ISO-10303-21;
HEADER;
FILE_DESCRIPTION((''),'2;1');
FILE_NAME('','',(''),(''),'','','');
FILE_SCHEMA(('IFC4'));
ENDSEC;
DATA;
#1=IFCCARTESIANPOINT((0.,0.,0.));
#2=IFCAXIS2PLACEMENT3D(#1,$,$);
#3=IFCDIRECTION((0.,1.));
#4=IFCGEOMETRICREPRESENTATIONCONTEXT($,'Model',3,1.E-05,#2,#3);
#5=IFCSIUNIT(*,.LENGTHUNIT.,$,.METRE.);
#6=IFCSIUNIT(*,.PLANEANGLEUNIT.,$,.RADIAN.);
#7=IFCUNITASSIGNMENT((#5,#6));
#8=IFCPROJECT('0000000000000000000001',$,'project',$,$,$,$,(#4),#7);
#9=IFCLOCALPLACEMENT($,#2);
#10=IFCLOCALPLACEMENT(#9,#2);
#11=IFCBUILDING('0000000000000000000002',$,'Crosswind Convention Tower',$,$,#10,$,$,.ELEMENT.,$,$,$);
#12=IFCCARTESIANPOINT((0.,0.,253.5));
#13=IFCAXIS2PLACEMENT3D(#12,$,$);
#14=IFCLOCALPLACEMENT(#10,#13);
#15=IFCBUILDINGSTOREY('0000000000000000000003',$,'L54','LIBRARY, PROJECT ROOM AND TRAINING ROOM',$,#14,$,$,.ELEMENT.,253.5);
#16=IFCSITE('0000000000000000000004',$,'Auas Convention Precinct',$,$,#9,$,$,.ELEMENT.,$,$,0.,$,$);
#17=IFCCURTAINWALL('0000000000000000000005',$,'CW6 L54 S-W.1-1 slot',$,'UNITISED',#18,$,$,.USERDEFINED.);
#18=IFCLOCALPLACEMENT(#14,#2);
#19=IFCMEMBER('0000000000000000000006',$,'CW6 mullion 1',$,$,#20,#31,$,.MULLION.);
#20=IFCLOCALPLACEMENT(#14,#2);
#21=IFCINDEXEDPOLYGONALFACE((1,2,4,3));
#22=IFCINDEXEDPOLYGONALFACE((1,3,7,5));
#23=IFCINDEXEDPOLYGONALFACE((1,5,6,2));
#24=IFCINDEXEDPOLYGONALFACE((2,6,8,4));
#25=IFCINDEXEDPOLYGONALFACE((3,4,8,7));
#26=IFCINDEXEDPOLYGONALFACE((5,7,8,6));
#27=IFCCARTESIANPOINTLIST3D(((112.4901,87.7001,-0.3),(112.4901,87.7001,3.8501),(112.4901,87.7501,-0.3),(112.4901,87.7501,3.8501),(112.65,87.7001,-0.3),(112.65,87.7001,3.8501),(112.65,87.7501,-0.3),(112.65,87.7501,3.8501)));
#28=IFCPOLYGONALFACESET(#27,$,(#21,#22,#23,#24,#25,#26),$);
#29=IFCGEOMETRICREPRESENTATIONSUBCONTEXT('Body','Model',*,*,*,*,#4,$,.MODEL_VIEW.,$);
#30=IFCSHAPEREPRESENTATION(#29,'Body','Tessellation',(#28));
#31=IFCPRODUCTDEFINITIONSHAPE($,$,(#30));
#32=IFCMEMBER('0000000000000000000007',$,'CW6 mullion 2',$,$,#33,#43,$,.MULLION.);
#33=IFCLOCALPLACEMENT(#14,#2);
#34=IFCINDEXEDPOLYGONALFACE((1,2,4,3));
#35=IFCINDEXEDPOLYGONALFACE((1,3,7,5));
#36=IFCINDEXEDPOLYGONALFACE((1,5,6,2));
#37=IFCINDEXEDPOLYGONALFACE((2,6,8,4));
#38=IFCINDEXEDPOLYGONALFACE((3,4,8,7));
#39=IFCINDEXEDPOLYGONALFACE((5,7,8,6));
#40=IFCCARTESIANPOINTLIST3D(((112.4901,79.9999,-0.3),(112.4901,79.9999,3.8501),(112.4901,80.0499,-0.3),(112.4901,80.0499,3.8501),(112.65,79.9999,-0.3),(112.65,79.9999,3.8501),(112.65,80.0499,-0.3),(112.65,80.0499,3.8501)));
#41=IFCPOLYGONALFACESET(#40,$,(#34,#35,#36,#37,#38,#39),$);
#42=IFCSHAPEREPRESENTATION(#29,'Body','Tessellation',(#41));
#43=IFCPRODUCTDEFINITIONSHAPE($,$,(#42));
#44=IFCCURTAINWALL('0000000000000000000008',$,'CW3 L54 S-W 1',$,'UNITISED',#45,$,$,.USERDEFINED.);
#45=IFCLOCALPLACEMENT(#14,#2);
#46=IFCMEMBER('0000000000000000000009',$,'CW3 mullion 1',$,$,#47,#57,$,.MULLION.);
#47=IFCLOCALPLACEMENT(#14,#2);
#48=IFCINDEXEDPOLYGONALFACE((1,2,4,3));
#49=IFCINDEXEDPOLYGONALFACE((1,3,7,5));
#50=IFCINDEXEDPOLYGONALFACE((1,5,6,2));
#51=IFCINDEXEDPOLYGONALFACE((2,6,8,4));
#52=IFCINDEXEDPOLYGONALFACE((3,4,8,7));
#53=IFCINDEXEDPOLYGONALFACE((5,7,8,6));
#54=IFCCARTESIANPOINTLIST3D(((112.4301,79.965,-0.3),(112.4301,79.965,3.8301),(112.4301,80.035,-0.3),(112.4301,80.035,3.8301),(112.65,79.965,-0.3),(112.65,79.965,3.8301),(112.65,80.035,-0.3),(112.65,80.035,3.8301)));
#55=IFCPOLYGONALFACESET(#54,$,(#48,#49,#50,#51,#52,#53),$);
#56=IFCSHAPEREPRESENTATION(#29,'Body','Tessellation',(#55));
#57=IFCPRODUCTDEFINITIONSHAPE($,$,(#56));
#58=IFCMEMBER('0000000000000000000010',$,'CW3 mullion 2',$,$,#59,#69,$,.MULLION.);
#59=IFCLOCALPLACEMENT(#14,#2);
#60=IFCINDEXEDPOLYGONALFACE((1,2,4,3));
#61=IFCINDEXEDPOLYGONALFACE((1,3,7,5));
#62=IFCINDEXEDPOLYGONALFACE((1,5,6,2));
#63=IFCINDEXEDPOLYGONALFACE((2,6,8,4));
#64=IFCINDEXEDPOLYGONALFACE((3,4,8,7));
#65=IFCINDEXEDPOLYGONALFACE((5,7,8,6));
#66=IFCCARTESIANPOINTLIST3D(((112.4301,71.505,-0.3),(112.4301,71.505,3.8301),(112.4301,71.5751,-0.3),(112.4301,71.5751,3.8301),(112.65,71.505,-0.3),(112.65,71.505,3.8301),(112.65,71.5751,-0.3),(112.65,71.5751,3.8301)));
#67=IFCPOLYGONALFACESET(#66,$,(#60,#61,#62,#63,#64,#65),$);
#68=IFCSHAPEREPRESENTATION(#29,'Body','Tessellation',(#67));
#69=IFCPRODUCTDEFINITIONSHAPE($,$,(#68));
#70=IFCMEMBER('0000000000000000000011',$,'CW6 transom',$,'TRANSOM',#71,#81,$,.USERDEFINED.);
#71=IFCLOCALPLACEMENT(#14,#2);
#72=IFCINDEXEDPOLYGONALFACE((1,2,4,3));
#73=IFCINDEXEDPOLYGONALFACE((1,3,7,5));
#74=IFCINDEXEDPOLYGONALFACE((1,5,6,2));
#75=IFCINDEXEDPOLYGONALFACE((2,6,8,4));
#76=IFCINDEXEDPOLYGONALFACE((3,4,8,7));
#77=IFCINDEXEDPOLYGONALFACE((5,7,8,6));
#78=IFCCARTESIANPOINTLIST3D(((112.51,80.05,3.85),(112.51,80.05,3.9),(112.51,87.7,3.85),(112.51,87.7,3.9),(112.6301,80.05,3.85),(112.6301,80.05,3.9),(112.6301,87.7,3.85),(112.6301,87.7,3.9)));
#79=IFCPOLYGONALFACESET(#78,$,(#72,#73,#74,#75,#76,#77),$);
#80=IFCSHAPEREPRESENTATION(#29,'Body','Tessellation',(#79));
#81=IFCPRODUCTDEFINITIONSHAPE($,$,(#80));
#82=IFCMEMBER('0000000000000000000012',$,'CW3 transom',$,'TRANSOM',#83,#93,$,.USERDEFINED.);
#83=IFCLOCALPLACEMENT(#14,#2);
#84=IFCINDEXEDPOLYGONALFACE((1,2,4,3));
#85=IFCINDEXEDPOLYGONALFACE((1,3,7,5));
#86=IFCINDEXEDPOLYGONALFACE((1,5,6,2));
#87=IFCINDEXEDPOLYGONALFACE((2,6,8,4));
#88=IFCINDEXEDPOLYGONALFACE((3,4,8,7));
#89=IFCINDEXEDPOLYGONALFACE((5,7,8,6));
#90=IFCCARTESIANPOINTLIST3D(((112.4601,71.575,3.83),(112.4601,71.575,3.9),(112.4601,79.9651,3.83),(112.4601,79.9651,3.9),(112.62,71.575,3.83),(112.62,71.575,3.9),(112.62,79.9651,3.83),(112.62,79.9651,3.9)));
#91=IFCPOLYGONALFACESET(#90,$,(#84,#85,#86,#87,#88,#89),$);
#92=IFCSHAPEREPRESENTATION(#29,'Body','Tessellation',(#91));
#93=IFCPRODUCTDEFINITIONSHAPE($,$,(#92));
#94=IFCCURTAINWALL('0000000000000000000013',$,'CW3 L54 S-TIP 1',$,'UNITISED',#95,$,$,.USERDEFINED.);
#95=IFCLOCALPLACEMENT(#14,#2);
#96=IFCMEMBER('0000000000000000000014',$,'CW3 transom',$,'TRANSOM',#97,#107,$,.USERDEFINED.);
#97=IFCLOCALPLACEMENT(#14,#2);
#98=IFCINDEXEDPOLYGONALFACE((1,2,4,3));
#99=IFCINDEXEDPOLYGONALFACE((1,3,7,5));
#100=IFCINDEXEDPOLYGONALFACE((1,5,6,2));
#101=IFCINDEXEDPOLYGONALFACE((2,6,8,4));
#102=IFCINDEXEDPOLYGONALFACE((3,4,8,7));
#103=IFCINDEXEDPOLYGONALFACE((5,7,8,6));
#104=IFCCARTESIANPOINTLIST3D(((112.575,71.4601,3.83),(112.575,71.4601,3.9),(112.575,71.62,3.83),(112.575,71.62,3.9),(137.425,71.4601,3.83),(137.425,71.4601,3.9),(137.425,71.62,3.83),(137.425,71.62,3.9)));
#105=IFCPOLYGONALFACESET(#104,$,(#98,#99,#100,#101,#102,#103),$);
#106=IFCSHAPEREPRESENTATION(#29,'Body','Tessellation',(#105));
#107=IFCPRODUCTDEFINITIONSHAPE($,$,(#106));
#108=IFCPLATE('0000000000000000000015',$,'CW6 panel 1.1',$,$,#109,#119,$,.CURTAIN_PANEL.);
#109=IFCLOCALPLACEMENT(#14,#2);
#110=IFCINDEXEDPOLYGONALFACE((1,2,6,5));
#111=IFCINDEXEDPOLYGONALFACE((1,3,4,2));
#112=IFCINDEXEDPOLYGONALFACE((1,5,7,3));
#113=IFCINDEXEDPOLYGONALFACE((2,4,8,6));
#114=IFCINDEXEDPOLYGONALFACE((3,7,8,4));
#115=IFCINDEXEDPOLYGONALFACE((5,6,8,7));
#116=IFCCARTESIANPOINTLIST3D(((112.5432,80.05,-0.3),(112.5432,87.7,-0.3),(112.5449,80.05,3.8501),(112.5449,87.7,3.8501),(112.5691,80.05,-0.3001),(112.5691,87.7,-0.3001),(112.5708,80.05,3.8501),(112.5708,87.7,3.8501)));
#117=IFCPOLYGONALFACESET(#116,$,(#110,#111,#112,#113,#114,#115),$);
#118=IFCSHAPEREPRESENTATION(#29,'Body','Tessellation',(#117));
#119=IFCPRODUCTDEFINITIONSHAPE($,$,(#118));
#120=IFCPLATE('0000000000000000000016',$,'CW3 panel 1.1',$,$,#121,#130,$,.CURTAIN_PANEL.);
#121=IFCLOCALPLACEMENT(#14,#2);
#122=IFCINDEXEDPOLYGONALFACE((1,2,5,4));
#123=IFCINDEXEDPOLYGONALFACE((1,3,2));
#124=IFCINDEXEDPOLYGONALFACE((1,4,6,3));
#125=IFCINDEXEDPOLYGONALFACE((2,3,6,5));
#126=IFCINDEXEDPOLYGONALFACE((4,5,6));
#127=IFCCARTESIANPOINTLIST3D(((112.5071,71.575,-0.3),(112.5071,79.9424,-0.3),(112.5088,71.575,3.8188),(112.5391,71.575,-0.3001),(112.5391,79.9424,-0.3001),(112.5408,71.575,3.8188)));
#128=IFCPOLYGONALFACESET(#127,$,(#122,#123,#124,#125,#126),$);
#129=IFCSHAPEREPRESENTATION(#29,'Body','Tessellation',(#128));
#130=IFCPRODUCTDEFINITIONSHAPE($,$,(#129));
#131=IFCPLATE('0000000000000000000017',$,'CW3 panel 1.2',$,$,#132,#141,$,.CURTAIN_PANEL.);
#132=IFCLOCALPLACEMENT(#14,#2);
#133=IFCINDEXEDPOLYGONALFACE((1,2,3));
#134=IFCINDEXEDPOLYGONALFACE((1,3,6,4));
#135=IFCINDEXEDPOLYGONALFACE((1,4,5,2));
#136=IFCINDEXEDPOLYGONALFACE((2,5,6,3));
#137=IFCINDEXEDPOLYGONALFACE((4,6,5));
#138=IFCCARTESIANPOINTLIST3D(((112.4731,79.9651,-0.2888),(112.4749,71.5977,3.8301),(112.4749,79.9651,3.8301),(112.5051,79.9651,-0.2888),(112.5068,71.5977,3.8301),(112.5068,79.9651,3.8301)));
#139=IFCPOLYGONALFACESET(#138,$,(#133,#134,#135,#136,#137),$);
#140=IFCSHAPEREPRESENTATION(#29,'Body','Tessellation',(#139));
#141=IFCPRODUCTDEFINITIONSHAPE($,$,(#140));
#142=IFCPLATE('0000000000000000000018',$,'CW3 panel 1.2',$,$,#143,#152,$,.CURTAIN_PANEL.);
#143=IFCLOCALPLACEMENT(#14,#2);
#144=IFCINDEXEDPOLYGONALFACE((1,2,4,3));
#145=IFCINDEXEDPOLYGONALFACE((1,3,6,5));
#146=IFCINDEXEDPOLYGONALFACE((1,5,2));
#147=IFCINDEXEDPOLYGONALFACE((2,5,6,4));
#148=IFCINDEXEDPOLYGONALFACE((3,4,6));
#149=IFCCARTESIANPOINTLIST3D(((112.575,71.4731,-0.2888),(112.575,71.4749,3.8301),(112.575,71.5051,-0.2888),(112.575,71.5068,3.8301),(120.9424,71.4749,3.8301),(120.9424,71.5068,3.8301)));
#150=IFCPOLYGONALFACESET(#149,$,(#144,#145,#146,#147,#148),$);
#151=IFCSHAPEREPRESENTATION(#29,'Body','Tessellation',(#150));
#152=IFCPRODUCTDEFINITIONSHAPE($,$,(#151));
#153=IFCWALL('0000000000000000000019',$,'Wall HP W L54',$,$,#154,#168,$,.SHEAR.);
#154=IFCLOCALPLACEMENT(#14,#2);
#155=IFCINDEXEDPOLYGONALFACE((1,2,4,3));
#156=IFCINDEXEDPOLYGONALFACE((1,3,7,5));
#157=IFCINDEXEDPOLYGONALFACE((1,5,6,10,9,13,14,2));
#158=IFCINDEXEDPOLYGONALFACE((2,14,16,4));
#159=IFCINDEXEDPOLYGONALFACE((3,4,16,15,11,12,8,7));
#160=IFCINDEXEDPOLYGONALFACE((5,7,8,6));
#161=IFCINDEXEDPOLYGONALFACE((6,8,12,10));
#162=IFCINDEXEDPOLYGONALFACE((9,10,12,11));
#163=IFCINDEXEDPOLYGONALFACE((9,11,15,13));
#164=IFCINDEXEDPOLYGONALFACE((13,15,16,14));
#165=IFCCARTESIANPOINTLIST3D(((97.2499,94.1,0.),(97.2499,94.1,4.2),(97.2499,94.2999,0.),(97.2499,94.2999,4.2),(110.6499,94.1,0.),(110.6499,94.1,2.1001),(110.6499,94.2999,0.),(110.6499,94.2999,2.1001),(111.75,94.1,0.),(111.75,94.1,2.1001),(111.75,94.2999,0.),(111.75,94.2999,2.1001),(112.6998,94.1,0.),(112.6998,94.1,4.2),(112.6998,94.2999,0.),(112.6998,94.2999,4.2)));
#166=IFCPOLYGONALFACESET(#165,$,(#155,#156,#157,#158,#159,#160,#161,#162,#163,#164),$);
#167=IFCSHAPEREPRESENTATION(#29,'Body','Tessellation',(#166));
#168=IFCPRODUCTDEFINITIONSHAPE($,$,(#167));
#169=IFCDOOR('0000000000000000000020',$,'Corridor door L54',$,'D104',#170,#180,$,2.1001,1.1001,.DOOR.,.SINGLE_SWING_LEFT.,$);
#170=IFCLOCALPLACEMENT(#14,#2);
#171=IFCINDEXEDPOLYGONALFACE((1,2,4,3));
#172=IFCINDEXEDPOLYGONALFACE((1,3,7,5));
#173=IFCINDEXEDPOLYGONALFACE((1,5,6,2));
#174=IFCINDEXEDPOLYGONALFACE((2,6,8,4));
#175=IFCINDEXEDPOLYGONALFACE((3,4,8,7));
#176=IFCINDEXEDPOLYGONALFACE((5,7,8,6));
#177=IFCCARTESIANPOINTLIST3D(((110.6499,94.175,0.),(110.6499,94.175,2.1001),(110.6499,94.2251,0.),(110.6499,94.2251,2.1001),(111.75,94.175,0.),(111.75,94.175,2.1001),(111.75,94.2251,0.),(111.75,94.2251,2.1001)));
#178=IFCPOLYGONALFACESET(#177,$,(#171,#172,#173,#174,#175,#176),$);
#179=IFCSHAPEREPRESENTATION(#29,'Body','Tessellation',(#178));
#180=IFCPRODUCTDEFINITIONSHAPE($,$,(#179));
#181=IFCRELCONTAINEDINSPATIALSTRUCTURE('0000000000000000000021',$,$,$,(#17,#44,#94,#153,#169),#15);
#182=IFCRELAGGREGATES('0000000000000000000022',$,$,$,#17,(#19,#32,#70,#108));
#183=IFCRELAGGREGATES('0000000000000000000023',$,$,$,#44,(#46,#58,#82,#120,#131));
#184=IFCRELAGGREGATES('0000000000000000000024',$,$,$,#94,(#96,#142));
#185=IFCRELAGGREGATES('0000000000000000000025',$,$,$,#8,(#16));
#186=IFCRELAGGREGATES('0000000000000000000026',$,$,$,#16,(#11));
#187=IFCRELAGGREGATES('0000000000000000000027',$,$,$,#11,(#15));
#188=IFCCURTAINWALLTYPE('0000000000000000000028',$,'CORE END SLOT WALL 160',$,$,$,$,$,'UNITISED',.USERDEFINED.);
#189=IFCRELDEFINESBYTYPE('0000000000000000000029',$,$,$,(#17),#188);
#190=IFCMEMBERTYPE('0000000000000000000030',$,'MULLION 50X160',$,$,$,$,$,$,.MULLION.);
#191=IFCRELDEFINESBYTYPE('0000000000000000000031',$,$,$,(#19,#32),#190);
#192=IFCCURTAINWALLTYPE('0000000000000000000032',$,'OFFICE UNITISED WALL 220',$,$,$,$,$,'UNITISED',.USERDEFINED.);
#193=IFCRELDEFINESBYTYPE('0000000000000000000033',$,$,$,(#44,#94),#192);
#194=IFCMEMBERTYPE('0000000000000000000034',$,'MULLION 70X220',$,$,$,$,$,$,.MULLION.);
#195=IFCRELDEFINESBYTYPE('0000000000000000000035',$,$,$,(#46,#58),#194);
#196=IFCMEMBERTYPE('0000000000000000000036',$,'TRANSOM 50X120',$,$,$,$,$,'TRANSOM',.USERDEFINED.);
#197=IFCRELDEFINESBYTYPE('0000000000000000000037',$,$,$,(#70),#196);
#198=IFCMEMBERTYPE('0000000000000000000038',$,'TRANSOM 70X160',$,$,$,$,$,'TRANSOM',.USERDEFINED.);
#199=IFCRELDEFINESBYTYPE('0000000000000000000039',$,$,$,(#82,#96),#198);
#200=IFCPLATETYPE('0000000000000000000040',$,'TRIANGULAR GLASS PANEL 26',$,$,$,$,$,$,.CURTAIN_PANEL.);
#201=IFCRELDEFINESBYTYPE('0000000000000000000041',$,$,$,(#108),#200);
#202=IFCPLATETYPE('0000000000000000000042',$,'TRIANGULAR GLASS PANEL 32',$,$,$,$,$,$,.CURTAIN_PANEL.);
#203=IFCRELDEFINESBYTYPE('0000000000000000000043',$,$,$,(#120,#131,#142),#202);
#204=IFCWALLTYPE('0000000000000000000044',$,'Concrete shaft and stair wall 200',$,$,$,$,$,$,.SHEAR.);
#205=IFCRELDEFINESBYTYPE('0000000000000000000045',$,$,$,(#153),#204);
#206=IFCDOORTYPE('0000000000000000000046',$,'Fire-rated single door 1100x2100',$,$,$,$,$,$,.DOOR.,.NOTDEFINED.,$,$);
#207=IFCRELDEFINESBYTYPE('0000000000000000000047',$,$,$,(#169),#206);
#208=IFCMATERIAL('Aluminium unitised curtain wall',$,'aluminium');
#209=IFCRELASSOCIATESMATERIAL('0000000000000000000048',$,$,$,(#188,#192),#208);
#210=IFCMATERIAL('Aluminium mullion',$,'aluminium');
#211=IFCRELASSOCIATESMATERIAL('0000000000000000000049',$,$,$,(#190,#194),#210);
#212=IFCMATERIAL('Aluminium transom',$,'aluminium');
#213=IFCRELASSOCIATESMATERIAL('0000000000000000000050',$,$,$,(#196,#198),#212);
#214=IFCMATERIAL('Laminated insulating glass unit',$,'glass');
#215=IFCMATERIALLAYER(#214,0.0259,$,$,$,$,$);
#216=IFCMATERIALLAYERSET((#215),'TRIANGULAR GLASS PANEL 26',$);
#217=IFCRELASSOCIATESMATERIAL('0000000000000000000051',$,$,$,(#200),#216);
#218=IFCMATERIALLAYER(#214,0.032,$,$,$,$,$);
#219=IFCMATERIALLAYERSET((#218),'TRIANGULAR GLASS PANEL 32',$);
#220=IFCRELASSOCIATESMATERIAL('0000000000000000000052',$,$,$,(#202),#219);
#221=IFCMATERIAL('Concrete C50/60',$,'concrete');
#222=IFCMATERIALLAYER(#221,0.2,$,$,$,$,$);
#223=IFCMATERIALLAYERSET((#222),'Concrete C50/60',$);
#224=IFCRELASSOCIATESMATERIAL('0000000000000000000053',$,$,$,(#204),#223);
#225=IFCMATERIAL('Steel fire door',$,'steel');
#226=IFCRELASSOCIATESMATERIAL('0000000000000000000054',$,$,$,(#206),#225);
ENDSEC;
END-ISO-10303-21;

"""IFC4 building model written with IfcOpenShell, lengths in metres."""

from ifc_helpers import new_model, si_unit, direction, frame, frame_2d, origin, origin_2d, place, context, subcontext, project, spatial, polyline, rectangle, outline, extrude, material, layer, layer_set, material_profile, profile_set, type_object, element, fill, aggregate, save


model = new_model("IFC4")

# Units and contexts
model_context = context("Model", 3, precision=1e-05, world=origin(), true_north=direction((0.0, 1.0)))
body_context = subcontext(model_context, "Body", "Model", "MODEL_VIEW")
ifc_project = project(units=[si_unit("LENGTHUNIT", "METRE"), si_unit("PLANEANGLEUNIT", "RADIAN")], contexts=[model_context])

# Site, building, storey
site_placement = place(None, origin())
site = spatial("IfcSite", under=ifc_project, at=site_placement, Name="Auas Convention Precinct", CompositionType="ELEMENT", RefElevation=0.0)
building_placement = place(site_placement, origin())
building = spatial("IfcBuilding", under=site, at=building_placement, Name="Crosswind Convention Tower", CompositionType="ELEMENT")
storey_placement = place(building_placement, frame((0.0, 0.0, 253.5)))
storey = spatial("IfcBuildingStorey", under=building, at=storey_placement, Name="L54", Description="LIBRARY, PROJECT ROOM AND TRAINING ROOM", CompositionType="ELEMENT", Elevation=253.5)

# Curtain walls, members
ifc_material_1 = material(Name="Aluminium unitised curtain wall", Category="aluminium")
curtain_wall_type_1 = type_object("IfcCurtainWallType", Name="CORE END SLOT WALL 160", ElementType="UNITISED", PredefinedType="USERDEFINED", material=ifc_material_1)
curtain_wall_1_placement = place(storey_placement, origin())
curtain_wall_1 = element("IfcCurtainWall", 1, at=curtain_wall_1_placement, inside=storey, type_object=curtain_wall_type_1, Name="CW6 L54 S-W.1-1 slot", ObjectType="UNITISED", PredefinedType="USERDEFINED")
ifc_material_2 = material(Name="Aluminium mullion", Category="aluminium")
ifc_material_profile_1 = material_profile(ifc_material_2, rectangle(XDim=0.1599, YDim=0.05, at=origin_2d()), Name="AL 160X50")
ifc_profile_set_1 = profile_set([ifc_material_profile_1], Name="Aluminium mullion")
member_type_1 = type_object("IfcMemberType", Name="MULLION 50X160", PredefinedType="MULLION", material=ifc_profile_set_1)
member_1_placement = place(storey_placement, frame((112.5701, 87.7251, -0.3), z_axis=(0.0, 0.0, 1.0), x_axis=(-1.0, 0.0, 0.0)))
member_1 = element("IfcMember", 2, at=member_1_placement, type_object=member_type_1, Name="CW6 mullion 1", PredefinedType="MULLION", context=body_context, shape_type="SweptSolid", body=[
    extrude(rectangle(XDim=0.1599, YDim=0.05, at=origin_2d()), origin(), (0.0, 0.0, 1.0), 4.1501),
])
member_2_placement = place(storey_placement, frame((112.5701, 80.0249, -0.3), z_axis=(0.0, 0.0, 1.0), x_axis=(-1.0, 0.0, 0.0)))
member_2 = element("IfcMember", 3, at=member_2_placement, type_object=member_type_1, Name="CW6 mullion 2", PredefinedType="MULLION", context=body_context, shape_type="SweptSolid", body=[
    extrude(rectangle(XDim=0.1599, YDim=0.05, at=origin_2d()), origin(), (0.0, 0.0, 1.0), 4.1501),
])
curtain_wall_type_2 = type_object("IfcCurtainWallType", Name="OFFICE UNITISED WALL 220", ElementType="UNITISED", PredefinedType="USERDEFINED", material=ifc_material_1)
curtain_wall_2_placement = place(storey_placement, origin())
curtain_wall_2 = element("IfcCurtainWall", 4, at=curtain_wall_2_placement, inside=storey, type_object=curtain_wall_type_2, Name="CW3 L54 S-W 1", ObjectType="UNITISED", PredefinedType="USERDEFINED")
ifc_material_profile_2 = material_profile(ifc_material_2, rectangle(XDim=0.22, YDim=0.0701, at=origin_2d()), Name="AL 220X70")
ifc_profile_set_2 = profile_set([ifc_material_profile_2], Name="Aluminium mullion")
member_type_2 = type_object("IfcMemberType", Name="MULLION 70X220", PredefinedType="MULLION", material=ifc_profile_set_2)
member_3_placement = place(storey_placement, frame((112.54, 80.0, -0.3), z_axis=(0.0, 0.0, 1.0), x_axis=(-1.0, 0.0, 0.0)))
member_3 = element("IfcMember", 5, at=member_3_placement, type_object=member_type_2, Name="CW3 mullion 1", PredefinedType="MULLION", context=body_context, shape_type="SweptSolid", body=[
    extrude(rectangle(XDim=0.22, YDim=0.0701, at=origin_2d()), origin(), (0.0, 0.0, 1.0), 4.1301),
])
member_4_placement = place(storey_placement, frame((112.54, 71.54, -0.3), z_axis=(0.0, 0.0, 1.0), x_axis=(-1.0, 0.0, 0.0)))
member_4 = element("IfcMember", 6, at=member_4_placement, type_object=member_type_2, Name="CW3 mullion 2", PredefinedType="MULLION", context=body_context, shape_type="SweptSolid", body=[
    extrude(rectangle(XDim=0.22, YDim=0.0701, at=origin_2d()), origin(), (0.0, 0.0, 1.0), 4.1301),
])

# Members
ifc_material_3 = material(Name="Aluminium transom", Category="aluminium")
ifc_material_profile_3 = material_profile(ifc_material_3, rectangle(XDim=0.1201, YDim=0.05, at=origin_2d()), Name="AL 120X50")
ifc_profile_set_3 = profile_set([ifc_material_profile_3], Name="Aluminium transom")
member_type_3 = type_object("IfcMemberType", Name="TRANSOM 50X120", ElementType="TRANSOM", PredefinedType="USERDEFINED", material=ifc_profile_set_3)
member_5_placement = place(storey_placement, frame((112.5701, 87.7, 3.875), z_axis=(0.0, -1.0, 0.0), x_axis=(1.0, 0.0, 0.0)))
member_5 = element("IfcMember", 7, at=member_5_placement, type_object=member_type_3, Name="CW6 transom", ObjectType="TRANSOM", PredefinedType="USERDEFINED", context=body_context, shape_type="SweptSolid", body=[
    extrude(rectangle(XDim=0.1201, YDim=0.05, at=origin_2d()), origin(), (0.0, 0.0, 1.0), 7.6499),
])
ifc_material_profile_4 = material_profile(ifc_material_3, rectangle(XDim=0.1599, YDim=0.0701, at=origin_2d()), Name="AL 160X70")
ifc_profile_set_4 = profile_set([ifc_material_profile_4], Name="Aluminium transom")
member_type_4 = type_object("IfcMemberType", Name="TRANSOM 70X160", ElementType="TRANSOM", PredefinedType="USERDEFINED", material=ifc_profile_set_4)
member_6_placement = place(storey_placement, frame((112.54, 79.9651, 3.865), z_axis=(0.0, -1.0, 0.0), x_axis=(1.0, 0.0, 0.0)))
member_6 = element("IfcMember", 8, at=member_6_placement, type_object=member_type_4, Name="CW3 transom", ObjectType="TRANSOM", PredefinedType="USERDEFINED", context=body_context, shape_type="SweptSolid", body=[
    extrude(rectangle(XDim=0.1599, YDim=0.0701, at=origin_2d()), origin(), (0.0, 0.0, 1.0), 8.3901),
])

# Curtain wall, member
curtain_wall_3_placement = place(storey_placement, origin())
curtain_wall_3 = element("IfcCurtainWall", 9, at=curtain_wall_3_placement, inside=storey, type_object=curtain_wall_type_2, Name="CW3 L54 S-TIP 1", ObjectType="UNITISED", PredefinedType="USERDEFINED")
member_7_placement = place(storey_placement, frame((112.575, 71.54, 3.865), z_axis=(1.0, 0.0, 0.0), x_axis=(0.0, 1.0, 0.0)))
member_7 = element("IfcMember", 10, at=member_7_placement, type_object=member_type_4, Name="CW3 transom", ObjectType="TRANSOM", PredefinedType="USERDEFINED", context=body_context, shape_type="SweptSolid", body=[
    extrude(rectangle(XDim=0.1599, YDim=0.0701, at=origin_2d()), origin(), (0.0, 0.0, 1.0), 24.8501),
])

# Plates
ifc_material_4 = material(Name="Laminated insulating glass unit", Category="glass")
ifc_layer_1 = layer(ifc_material_4, 0.0259)
ifc_layer_set_1 = layer_set([ifc_layer_1], Name="TRIANGULAR GLASS PANEL 26")
plate_type_1 = type_object("IfcPlateType", Name="TRIANGULAR GLASS PANEL 26", PredefinedType="CURTAIN_PANEL", material=ifc_layer_set_1)
plate_1_placement = place(storey_placement, frame((112.5432, 87.7, -0.3), z_axis=(-1.0, 0.0, 0.000412), x_axis=(0.0, -1.0, 0.0)))
plate_1 = element("IfcPlate", 11, at=plate_1_placement, type_object=plate_type_1, Name="CW6 panel 1.1", PredefinedType="CURTAIN_PANEL", context=body_context, shape_type="SweptSolid", body=[
    extrude(outline(polyline([(0.0, 0.0), (7.6499, 0.0), (7.6499, 4.1501), (0.0, 4.1501), (0.0, 0.0)])), origin(), (0.0, 0.0, -1.0), 0.0259),
])
aggregate(curtain_wall_1, [member_1, member_2, member_5, plate_1])
ifc_layer_2 = layer(ifc_material_4, 0.032)
ifc_layer_set_2 = layer_set([ifc_layer_2], Name="TRIANGULAR GLASS PANEL 32")
plate_type_2 = type_object("IfcPlateType", Name="TRIANGULAR GLASS PANEL 32", PredefinedType="CURTAIN_PANEL", material=ifc_layer_set_2)
plate_2_placement = place(storey_placement, frame((112.5071, 71.575, -0.3), z_axis=(-1.0, 0.0, 0.000415), x_axis=(0.000415, 0.0, 1.0)))
plate_2 = element("IfcPlate", 12, at=plate_2_placement, type_object=plate_type_2, Name="CW3 panel 1.1", PredefinedType="CURTAIN_PANEL", context=body_context, shape_type="SweptSolid", body=[
    extrude(outline(polyline([(0.0, 0.0), (4.1189, 0.0), (0.0, 8.3674), (0.0, 0.0)])), origin(), (0.0, 0.0, -1.0), 0.032),
])
plate_3_placement = place(storey_placement, frame((112.4749, 79.9651, 3.8301), z_axis=(-1.0, 0.0, 0.000415), x_axis=(-0.000415, 0.0, -1.0)))
plate_3 = element("IfcPlate", 13, at=plate_3_placement, type_object=plate_type_2, Name="CW3 panel 1.2", PredefinedType="CURTAIN_PANEL", context=body_context, shape_type="SweptSolid", body=[
    extrude(outline(polyline([(0.0, 0.0), (4.1189, 0.0), (0.0, 8.3674), (0.0, 0.0)])), origin(), (0.0, 0.0, -1.0), 0.032),
])
plate_4_placement = place(storey_placement, frame((112.575, 71.4749, 3.8301), z_axis=(0.0, -1.0, 0.000415), x_axis=(0.0, -0.000415, -1.0)))
plate_4 = element("IfcPlate", 14, at=plate_4_placement, type_object=plate_type_2, Name="CW3 panel 1.2", PredefinedType="CURTAIN_PANEL", context=body_context, shape_type="SweptSolid", body=[
    extrude(outline(polyline([(0.0, 0.0), (4.1189, 0.0), (0.0, 8.3674), (0.0, 0.0)])), origin(), (0.0, 0.0, -1.0), 0.032),
])

# Wall, opening, door
ifc_material_5 = material(Name="Concrete C50/60", Category="concrete")
ifc_layer_3 = layer(ifc_material_5, 0.2)
ifc_layer_set_3 = layer_set([ifc_layer_3], Name="Concrete C50/60")
wall_type_1 = type_object("IfcWallType", Name="Concrete shaft and stair wall 200", PredefinedType="SHEAR", material=ifc_layer_set_3)
wall_1_placement = place(storey_placement, frame((112.7, 94.2, 0.0), z_axis=(0.0, 0.0, 1.0), x_axis=(-1.0, 0.0, 0.0)))
wall_1 = element("IfcWall", 15, at=wall_1_placement, inside=storey, type_object=wall_type_1, Name="Wall HP W L54", PredefinedType="SHEAR", context=body_context, shape_type="SweptSolid", body=[
    extrude(rectangle(XDim=15.45, YDim=0.2, at=frame_2d((7.7251, 0.0))), origin(), (0.0, 0.0, 1.0), 4.2),
])
opening_1_placement = place(wall_1_placement, frame((0.95, 0.0, 0.0)))
opening_1 = element("IfcOpeningElement", 16, at=opening_1_placement, cuts=wall_1, PredefinedType="OPENING", context=body_context, shape_type="SweptSolid", body=[
    extrude(rectangle(XDim=1.1001, YDim=2.1001, at=frame_2d((0.55, 1.05))), frame((0.0, 0.1099, 0.0), z_axis=(0.0, -1.0, 0.0), x_axis=(1.0, 0.0, 0.0)), (0.0, 0.0, 1.0), 0.22),
])
ifc_material_6 = material(Name="Steel fire door", Category="steel")
door_type_1 = type_object("IfcDoorType", Name="Fire-rated single door 1100x2100", OperationType="NOTDEFINED", PredefinedType="DOOR", material=ifc_material_6)
door_1_placement = place(opening_1_placement, origin())
door_1 = element("IfcDoor", 17, at=door_1_placement, inside=storey, type_object=door_type_1, Name="Corridor door L54", ObjectType="D104", OperationType="SINGLE_SWING_LEFT", OverallHeight=2.1001, OverallWidth=1.1001, PredefinedType="DOOR", context=body_context, shape_type="SweptSolid", body=[
    extrude(rectangle(XDim=1.1001, YDim=2.1001, at=frame_2d((0.55, 1.05))), frame((0.0, 0.0249, 0.0), z_axis=(0.0, -1.0, 0.0), x_axis=(1.0, 0.0, 0.0)), (0.0, 0.0, 1.0), 0.05),
])
fill(opening_1, door_1)

aggregate(curtain_wall_2, [member_3, member_4, member_6, plate_2, plate_3])
aggregate(curtain_wall_3, [member_7, plate_4])

save(model, "model.ifc")
